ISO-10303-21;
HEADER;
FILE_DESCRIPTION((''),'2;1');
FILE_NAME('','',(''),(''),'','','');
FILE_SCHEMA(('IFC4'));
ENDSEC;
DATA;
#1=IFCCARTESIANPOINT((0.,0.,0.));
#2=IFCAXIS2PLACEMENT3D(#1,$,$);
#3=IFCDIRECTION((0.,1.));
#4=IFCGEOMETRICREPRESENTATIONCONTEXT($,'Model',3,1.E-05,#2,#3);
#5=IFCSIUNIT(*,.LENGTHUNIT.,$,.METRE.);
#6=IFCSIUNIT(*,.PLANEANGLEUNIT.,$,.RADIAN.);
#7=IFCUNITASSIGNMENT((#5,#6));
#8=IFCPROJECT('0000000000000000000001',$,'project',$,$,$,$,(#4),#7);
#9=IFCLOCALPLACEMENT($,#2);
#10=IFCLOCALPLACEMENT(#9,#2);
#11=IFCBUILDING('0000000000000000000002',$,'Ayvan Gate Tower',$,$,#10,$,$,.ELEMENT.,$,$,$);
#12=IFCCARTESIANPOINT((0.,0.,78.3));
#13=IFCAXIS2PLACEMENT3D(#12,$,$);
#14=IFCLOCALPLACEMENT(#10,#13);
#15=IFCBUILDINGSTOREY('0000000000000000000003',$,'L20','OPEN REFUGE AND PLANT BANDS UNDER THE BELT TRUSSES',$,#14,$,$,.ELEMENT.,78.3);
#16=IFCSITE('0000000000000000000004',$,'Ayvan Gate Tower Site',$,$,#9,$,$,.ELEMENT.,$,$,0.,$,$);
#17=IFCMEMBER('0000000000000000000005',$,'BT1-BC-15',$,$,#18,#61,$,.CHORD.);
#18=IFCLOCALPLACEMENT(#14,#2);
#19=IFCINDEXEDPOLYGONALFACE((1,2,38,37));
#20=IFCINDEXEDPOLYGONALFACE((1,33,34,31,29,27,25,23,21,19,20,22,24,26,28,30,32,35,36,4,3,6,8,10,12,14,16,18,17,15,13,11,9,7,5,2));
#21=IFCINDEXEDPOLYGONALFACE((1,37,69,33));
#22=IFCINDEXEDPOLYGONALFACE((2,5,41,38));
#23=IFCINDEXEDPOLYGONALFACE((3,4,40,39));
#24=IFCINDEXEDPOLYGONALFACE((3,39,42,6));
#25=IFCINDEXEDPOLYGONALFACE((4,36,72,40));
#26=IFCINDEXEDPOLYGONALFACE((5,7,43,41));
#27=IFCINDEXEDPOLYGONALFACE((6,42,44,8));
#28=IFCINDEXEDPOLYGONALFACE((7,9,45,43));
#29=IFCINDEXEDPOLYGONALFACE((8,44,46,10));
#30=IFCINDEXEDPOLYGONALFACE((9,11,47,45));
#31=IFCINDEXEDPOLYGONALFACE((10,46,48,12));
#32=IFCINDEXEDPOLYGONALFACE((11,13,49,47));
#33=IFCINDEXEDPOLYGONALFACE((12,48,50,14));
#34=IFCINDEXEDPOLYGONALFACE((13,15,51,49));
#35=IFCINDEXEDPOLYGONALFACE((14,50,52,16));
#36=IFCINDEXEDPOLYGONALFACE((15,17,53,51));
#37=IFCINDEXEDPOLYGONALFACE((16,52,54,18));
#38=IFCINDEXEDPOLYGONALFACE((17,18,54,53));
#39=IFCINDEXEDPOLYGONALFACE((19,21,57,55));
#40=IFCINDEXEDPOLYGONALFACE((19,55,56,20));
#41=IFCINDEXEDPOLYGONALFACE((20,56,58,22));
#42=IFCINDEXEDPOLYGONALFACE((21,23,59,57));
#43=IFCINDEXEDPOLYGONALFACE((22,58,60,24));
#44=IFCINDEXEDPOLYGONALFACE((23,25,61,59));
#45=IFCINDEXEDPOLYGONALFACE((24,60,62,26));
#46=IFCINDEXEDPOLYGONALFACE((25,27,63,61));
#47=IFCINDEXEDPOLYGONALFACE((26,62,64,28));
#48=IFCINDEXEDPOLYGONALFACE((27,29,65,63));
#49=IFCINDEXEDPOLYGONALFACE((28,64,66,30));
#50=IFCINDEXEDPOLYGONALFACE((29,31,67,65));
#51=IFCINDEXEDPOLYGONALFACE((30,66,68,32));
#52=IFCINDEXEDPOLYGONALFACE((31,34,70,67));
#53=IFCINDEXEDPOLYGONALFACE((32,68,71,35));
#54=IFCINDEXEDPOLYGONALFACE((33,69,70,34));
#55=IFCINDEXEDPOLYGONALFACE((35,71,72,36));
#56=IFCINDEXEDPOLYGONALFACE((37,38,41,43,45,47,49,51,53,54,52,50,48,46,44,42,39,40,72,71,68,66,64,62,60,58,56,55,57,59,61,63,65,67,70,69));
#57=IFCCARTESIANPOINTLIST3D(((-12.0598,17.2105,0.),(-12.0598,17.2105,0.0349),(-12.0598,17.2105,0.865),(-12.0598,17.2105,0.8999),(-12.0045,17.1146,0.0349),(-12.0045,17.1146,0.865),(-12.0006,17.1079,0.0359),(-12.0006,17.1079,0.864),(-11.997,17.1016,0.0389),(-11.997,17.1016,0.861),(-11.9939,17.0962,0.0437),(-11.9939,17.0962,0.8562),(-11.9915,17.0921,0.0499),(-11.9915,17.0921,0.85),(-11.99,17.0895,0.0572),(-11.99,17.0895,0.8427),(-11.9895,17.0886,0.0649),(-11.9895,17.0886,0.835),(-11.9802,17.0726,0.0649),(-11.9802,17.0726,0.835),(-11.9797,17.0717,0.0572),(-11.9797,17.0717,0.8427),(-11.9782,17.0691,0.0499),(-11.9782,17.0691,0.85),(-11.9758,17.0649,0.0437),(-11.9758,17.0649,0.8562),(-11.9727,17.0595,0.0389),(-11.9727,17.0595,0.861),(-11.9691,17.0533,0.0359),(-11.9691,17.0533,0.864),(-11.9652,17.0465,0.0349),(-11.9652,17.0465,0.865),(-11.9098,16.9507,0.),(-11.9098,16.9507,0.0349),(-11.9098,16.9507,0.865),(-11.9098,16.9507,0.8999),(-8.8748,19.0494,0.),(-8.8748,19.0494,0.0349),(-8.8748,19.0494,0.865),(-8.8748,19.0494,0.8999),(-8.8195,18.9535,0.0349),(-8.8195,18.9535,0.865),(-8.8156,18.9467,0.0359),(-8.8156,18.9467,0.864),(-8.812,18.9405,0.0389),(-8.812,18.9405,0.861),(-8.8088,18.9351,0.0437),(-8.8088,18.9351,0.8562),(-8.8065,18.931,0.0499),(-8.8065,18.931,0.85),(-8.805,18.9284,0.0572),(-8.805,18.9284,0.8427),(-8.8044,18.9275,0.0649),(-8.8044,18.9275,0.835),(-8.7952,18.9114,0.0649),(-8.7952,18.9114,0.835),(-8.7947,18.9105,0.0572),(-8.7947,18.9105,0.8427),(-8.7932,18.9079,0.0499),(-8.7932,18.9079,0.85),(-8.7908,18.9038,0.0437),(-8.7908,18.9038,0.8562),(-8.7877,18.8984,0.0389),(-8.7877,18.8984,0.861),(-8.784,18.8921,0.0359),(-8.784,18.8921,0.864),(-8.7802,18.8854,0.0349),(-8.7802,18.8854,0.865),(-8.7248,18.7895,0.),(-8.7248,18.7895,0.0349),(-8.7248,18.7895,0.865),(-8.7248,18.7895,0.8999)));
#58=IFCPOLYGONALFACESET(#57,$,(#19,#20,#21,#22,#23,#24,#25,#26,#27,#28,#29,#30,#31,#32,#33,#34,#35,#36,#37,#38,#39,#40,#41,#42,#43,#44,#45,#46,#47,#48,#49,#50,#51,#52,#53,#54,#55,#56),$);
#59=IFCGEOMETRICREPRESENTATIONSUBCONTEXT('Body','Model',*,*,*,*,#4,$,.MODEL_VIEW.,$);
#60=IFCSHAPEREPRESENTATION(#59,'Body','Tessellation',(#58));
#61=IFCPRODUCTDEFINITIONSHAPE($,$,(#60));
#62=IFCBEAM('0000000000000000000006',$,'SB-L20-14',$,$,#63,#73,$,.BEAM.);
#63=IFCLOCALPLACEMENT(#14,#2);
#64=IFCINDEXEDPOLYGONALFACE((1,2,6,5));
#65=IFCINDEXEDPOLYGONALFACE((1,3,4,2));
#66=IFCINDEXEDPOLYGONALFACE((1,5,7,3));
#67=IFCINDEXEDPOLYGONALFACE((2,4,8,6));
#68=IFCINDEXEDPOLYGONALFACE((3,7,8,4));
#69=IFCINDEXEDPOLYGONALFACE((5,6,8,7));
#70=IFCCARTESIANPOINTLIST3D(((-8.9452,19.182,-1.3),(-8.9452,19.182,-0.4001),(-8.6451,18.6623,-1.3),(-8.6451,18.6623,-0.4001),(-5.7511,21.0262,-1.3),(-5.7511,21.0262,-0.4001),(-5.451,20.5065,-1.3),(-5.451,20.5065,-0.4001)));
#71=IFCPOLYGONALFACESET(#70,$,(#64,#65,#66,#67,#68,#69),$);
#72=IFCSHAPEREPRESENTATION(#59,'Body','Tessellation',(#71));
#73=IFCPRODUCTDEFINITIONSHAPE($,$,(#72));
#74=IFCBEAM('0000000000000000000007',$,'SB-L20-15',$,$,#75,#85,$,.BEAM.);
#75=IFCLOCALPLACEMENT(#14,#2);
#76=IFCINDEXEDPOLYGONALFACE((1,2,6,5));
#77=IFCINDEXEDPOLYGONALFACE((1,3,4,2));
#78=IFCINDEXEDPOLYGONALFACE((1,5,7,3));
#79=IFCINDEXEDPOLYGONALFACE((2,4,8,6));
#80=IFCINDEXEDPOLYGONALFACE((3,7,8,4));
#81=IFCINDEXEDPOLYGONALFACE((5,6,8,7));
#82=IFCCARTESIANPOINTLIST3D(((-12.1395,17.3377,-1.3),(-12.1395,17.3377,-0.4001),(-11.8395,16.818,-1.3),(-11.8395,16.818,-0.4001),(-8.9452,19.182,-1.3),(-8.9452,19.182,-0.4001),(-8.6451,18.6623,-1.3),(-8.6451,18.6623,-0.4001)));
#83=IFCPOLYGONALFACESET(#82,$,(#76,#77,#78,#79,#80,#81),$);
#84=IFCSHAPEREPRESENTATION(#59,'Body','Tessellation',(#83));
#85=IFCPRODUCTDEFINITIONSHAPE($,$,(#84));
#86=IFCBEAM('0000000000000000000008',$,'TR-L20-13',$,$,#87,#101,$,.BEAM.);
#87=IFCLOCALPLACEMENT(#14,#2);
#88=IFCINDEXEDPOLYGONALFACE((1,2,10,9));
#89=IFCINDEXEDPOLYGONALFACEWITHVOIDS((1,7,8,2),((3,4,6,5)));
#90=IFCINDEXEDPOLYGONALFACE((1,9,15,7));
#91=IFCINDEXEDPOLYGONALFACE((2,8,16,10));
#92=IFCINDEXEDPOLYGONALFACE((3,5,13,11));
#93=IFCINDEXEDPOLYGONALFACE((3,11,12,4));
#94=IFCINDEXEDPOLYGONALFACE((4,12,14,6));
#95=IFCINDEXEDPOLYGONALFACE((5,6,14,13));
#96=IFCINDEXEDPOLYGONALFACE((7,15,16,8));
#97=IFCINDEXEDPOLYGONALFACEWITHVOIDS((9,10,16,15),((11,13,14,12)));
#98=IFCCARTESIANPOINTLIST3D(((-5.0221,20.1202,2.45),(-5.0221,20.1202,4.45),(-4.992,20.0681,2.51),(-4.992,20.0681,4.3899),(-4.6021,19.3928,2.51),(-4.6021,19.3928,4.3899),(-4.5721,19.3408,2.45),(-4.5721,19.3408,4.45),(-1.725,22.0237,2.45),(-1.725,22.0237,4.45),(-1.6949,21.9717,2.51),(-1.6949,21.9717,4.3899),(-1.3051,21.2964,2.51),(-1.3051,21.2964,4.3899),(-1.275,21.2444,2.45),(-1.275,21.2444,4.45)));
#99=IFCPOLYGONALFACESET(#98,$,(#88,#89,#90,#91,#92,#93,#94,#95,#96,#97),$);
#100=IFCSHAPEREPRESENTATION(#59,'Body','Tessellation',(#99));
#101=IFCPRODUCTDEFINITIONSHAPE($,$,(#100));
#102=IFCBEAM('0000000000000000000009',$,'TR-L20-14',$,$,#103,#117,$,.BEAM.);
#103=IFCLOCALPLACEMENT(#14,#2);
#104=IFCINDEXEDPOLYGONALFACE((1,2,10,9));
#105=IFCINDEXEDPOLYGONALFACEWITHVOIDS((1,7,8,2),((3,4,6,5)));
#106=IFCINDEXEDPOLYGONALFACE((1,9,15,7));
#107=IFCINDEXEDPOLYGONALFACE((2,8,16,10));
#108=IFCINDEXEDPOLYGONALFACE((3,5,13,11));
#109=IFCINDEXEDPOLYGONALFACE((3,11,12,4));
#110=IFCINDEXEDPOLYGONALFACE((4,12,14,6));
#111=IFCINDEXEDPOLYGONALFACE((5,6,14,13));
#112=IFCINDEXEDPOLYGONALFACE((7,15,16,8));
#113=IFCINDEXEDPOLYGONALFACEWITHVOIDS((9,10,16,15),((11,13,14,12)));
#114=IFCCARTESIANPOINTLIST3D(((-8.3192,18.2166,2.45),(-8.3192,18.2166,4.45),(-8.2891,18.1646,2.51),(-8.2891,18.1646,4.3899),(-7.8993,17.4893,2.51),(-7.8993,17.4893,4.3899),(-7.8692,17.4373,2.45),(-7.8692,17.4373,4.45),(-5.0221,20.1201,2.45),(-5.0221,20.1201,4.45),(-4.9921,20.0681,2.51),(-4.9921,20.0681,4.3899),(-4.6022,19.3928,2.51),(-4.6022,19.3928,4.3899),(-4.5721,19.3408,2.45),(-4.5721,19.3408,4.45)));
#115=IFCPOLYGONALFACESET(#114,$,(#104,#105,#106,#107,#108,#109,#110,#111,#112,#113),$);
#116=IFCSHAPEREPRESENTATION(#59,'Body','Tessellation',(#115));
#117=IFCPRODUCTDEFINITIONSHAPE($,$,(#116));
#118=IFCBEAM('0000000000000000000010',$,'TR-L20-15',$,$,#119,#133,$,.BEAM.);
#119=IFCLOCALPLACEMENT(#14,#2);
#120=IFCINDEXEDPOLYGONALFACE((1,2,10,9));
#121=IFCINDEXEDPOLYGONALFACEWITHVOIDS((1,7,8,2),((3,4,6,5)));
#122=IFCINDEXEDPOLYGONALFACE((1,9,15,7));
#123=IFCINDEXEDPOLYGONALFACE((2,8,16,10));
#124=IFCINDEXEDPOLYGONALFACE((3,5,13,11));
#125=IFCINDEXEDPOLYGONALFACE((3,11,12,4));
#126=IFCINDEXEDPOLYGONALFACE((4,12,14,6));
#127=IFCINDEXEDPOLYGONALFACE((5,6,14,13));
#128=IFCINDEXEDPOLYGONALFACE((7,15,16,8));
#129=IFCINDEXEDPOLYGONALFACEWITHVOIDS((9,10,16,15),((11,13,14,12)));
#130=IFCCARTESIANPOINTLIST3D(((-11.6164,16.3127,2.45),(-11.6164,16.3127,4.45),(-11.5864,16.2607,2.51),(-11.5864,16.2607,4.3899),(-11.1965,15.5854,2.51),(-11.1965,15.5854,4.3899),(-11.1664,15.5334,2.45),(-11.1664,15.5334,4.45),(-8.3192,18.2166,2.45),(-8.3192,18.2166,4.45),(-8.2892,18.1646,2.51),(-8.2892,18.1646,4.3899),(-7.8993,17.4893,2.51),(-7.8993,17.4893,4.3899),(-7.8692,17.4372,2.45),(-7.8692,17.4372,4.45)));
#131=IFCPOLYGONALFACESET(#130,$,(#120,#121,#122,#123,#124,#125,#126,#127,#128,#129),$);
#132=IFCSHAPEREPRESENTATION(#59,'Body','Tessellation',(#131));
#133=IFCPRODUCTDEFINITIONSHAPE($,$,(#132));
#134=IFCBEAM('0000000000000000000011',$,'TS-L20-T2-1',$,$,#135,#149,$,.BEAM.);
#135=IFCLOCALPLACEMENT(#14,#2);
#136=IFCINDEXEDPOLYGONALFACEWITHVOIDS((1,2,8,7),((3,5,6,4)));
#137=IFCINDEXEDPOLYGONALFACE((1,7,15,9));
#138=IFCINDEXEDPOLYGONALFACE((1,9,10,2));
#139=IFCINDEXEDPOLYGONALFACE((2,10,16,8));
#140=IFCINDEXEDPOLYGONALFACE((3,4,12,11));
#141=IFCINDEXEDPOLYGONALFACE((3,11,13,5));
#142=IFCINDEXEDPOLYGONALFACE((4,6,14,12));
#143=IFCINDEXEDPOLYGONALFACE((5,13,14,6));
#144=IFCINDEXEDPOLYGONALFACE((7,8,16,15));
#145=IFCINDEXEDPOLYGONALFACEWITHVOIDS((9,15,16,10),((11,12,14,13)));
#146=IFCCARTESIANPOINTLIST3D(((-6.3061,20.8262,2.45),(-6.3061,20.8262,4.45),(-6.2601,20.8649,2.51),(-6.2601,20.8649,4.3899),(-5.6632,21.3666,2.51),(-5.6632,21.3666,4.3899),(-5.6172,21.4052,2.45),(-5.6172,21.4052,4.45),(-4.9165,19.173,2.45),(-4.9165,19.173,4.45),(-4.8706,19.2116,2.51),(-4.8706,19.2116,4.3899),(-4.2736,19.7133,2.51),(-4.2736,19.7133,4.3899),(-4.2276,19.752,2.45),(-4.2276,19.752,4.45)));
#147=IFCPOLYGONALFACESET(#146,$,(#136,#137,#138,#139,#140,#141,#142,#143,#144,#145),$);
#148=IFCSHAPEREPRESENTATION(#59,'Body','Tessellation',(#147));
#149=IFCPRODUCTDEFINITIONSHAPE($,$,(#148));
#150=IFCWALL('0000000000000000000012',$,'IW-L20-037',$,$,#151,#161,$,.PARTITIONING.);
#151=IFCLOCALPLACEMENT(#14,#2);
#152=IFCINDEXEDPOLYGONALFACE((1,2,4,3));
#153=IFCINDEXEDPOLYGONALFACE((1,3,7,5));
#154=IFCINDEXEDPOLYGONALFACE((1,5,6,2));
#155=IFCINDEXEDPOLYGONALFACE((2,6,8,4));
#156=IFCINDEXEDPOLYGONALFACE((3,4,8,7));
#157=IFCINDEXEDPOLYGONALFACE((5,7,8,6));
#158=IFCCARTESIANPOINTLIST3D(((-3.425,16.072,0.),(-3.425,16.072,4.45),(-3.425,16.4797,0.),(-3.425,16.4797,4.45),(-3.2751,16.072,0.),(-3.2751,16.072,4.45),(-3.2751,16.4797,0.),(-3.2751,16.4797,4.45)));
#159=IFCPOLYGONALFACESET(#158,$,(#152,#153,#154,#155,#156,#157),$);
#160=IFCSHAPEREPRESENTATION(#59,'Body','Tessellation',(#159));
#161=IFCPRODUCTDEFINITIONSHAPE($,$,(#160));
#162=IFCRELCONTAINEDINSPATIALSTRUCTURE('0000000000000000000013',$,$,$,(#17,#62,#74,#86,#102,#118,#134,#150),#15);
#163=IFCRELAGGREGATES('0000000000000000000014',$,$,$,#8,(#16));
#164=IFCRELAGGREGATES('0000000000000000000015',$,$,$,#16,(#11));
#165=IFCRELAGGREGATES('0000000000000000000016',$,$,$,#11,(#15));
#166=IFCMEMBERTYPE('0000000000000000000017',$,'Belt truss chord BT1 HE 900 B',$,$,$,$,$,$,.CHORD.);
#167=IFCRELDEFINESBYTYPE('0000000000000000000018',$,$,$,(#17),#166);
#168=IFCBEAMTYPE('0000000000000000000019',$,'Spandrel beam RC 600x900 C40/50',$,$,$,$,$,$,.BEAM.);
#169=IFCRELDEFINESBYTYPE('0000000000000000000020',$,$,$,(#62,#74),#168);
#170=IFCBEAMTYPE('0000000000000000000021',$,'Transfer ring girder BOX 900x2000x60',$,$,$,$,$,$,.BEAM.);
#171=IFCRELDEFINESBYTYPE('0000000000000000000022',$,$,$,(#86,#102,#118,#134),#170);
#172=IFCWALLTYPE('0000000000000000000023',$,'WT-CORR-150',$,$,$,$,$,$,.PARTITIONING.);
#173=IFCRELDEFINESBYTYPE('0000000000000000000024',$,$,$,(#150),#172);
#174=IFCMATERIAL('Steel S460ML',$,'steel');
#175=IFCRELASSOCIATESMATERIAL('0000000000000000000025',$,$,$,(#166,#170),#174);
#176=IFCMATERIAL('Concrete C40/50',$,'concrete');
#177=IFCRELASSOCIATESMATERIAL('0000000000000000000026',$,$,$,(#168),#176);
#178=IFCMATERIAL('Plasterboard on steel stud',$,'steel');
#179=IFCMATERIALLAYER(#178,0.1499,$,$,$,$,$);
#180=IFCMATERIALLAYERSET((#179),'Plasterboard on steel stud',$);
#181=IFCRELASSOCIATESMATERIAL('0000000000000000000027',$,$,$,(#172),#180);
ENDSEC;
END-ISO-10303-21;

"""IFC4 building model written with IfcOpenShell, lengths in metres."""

from ifc_helpers import new_model, si_unit, direction, frame, frame_2d, origin, origin_2d, place, context, subcontext, project, spatial, rectangle, hollow_rectangle, i_section, extrude, material, layer, layer_set, material_profile, profile_set, type_object, element, save


model = new_model("IFC4")

# Units and contexts
model_context = context("Model", 3, precision=1e-05, world=origin(), true_north=direction((0.0, 1.0)))
body_context = subcontext(model_context, "Body", "Model", "MODEL_VIEW")
ifc_project = project(units=[si_unit("LENGTHUNIT", "METRE"), si_unit("PLANEANGLEUNIT", "RADIAN")], contexts=[model_context])

# Site, building, storey
site_placement = place(None, origin())
site = spatial("IfcSite", under=ifc_project, at=site_placement, Name="Ayvan Gate Tower Site", CompositionType="ELEMENT", RefElevation=0.0)
building_placement = place(site_placement, origin())
building = spatial("IfcBuilding", under=site, at=building_placement, Name="Ayvan Gate Tower", CompositionType="ELEMENT")
storey_placement = place(building_placement, frame((0.0, 0.0, 78.3)))
storey = spatial("IfcBuildingStorey", under=building, at=storey_placement, Name="L20", Description="OPEN REFUGE AND PLANT BANDS UNDER THE BELT TRUSSES", CompositionType="ELEMENT", Elevation=78.3)

# Member
ifc_material_1 = material(Name="Steel S460ML", Category="steel")
ifc_material_profile_1 = material_profile(ifc_material_1, i_section(OverallWidth=0.3, OverallDepth=0.8999, WebThickness=0.0186, FlangeThickness=0.0349, FilletRadius=0.03, at=origin_2d()), Name="HE 900 B")
ifc_profile_set_1 = profile_set([ifc_material_profile_1], Name="Steel S460ML")
member_type_1 = type_object("IfcMemberType", Name="Belt truss chord BT1 HE 900 B", PredefinedType="CHORD", material=ifc_profile_set_1)
member_1_placement = place(storey_placement, frame((-8.7998, 18.9194, 0.45), z_axis=(-0.866029, -0.499994, 0.0), x_axis=(0.499994, -0.866029, 0.0)))
element("IfcMember", 1, at=member_1_placement, inside=storey, type_object=member_type_1, Name="BT1-BC-15", PredefinedType="CHORD", context=body_context, shape_type="SweptSolid", body=[
    extrude(i_section(OverallWidth=0.3, OverallDepth=0.8999, WebThickness=0.0186, FlangeThickness=0.0349, FilletRadius=0.03, at=origin_2d()), origin(), (0.0, 0.0, 1.0), 3.6777),
])

# Beams
ifc_material_2 = material(Name="Concrete C40/50", Category="concrete")
ifc_material_profile_2 = material_profile(ifc_material_2, rectangle(XDim=0.6001, YDim=0.8999, at=origin_2d()), Name="RC 600x900")
ifc_profile_set_2 = profile_set([ifc_material_profile_2], Name="Concrete C40/50")
beam_type_1 = type_object("IfcBeamType", Name="Spandrel beam RC 600x900 C40/50", PredefinedType="BEAM", material=ifc_profile_set_2)
beam_1_placement = place(storey_placement, frame((-5.6011, 20.7664, -0.8501), z_axis=(-0.86601, -0.500026, 0.0), x_axis=(0.500026, -0.86601, 0.0)))
element("IfcBeam", 2, at=beam_1_placement, inside=storey, type_object=beam_type_1, Name="SB-L20-14", PredefinedType="BEAM", context=body_context, shape_type="SweptSolid", body=[
    extrude(rectangle(XDim=0.6001, YDim=0.8999, at=origin_2d()), origin(), (0.0, 0.0, 1.0), 3.6882),
])
beam_2_placement = place(storey_placement, frame((-8.7952, 18.9221, -0.8501), z_axis=(-0.866027, -0.499997, 0.0), x_axis=(0.499997, -0.866027, 0.0)))
element("IfcBeam", 3, at=beam_2_placement, inside=storey, type_object=beam_type_1, Name="SB-L20-15", PredefinedType="BEAM", context=body_context, shape_type="SweptSolid", body=[
    extrude(rectangle(XDim=0.6001, YDim=0.8999, at=origin_2d()), origin(), (0.0, 0.0, 1.0), 3.6885),
])
ifc_material_profile_3 = material_profile(ifc_material_1, hollow_rectangle(XDim=0.8999, YDim=2.0, WallThickness=0.0601, at=origin_2d()), Name="BOX 900x2000x60")
ifc_profile_set_3 = profile_set([ifc_material_profile_3], Name="Steel S460ML")
beam_type_2 = type_object("IfcBeamType", Name="Transfer ring girder BOX 900x2000x60", PredefinedType="BEAM", material=ifc_profile_set_3)
for number, where, z_axis, x_axis, name in (
    (4, (-1.5, 21.634, 3.45), (-0.866029, -0.499994, 0.0), (0.499994, -0.866029, 0.0), "TR-L20-13"),
    (5, (-4.7971, 19.7305, 3.45), (-0.866029, -0.499994, 0.0), (0.499994, -0.866029, 0.0), "TR-L20-14"),
):
    element("IfcBeam", number, at=place(storey_placement, frame(where, z_axis=z_axis, x_axis=x_axis)), inside=storey, type_object=beam_type_2, Name=name, PredefinedType="BEAM", context=body_context, shape_type="SweptSolid", body=[
        extrude(hollow_rectangle(XDim=0.8999, YDim=2.0, WallThickness=0.0601, at=origin_2d()), origin(), (0.0, 0.0, 1.0), 3.8071),
    ])
beam_3_placement = place(storey_placement, frame((-8.0942, 17.8269, 3.45), z_axis=(-0.866001, -0.500043, 0.0), x_axis=(0.500043, -0.866001, 0.0)))
element("IfcBeam", 6, at=beam_3_placement, inside=storey, type_object=beam_type_2, Name="TR-L20-15", PredefinedType="BEAM", context=body_context, shape_type="SweptSolid", body=[
    extrude(hollow_rectangle(XDim=0.8999, YDim=2.0, WallThickness=0.0601, at=origin_2d()), origin(), (0.0, 0.0, 1.0), 3.8074),
])
beam_4_placement = place(storey_placement, frame((-5.9617, 21.1157, 3.45), z_axis=(0.643425, -0.765509, 0.0), x_axis=(0.765509, 0.643425, 0.0)))
element("IfcBeam", 7, at=beam_4_placement, inside=storey, type_object=beam_type_2, Name="TS-L20-T2-1", PredefinedType="BEAM", context=body_context, shape_type="SweptSolid", body=[
    extrude(hollow_rectangle(XDim=0.8999, YDim=2.0, WallThickness=0.0601, at=origin_2d()), origin(), (0.0, 0.0, 1.0), 2.1597),
])

# Wall
ifc_material_3 = material(Name="Plasterboard on steel stud", Category="steel")
ifc_layer_1 = layer(ifc_material_3, 0.1499)
ifc_layer_set_1 = layer_set([ifc_layer_1], Name="Plasterboard on steel stud")
wall_type_1 = type_object("IfcWallType", Name="WT-CORR-150", PredefinedType="PARTITIONING", material=ifc_layer_set_1)
wall_1_placement = place(storey_placement, frame((-3.3501, 16.072, 0.0), z_axis=(0.0, 0.0, 1.0), x_axis=(0.0, 1.0, 0.0)))
element("IfcWall", 8, at=wall_1_placement, inside=storey, type_object=wall_type_1, Name="IW-L20-037", PredefinedType="PARTITIONING", context=body_context, shape_type="SweptSolid", body=[
    extrude(rectangle(XDim=0.4077, YDim=0.1499, at=frame_2d((0.2039, 0.0))), origin(), (0.0, 0.0, 1.0), 4.45),
])

save(model, "model.ifc")
